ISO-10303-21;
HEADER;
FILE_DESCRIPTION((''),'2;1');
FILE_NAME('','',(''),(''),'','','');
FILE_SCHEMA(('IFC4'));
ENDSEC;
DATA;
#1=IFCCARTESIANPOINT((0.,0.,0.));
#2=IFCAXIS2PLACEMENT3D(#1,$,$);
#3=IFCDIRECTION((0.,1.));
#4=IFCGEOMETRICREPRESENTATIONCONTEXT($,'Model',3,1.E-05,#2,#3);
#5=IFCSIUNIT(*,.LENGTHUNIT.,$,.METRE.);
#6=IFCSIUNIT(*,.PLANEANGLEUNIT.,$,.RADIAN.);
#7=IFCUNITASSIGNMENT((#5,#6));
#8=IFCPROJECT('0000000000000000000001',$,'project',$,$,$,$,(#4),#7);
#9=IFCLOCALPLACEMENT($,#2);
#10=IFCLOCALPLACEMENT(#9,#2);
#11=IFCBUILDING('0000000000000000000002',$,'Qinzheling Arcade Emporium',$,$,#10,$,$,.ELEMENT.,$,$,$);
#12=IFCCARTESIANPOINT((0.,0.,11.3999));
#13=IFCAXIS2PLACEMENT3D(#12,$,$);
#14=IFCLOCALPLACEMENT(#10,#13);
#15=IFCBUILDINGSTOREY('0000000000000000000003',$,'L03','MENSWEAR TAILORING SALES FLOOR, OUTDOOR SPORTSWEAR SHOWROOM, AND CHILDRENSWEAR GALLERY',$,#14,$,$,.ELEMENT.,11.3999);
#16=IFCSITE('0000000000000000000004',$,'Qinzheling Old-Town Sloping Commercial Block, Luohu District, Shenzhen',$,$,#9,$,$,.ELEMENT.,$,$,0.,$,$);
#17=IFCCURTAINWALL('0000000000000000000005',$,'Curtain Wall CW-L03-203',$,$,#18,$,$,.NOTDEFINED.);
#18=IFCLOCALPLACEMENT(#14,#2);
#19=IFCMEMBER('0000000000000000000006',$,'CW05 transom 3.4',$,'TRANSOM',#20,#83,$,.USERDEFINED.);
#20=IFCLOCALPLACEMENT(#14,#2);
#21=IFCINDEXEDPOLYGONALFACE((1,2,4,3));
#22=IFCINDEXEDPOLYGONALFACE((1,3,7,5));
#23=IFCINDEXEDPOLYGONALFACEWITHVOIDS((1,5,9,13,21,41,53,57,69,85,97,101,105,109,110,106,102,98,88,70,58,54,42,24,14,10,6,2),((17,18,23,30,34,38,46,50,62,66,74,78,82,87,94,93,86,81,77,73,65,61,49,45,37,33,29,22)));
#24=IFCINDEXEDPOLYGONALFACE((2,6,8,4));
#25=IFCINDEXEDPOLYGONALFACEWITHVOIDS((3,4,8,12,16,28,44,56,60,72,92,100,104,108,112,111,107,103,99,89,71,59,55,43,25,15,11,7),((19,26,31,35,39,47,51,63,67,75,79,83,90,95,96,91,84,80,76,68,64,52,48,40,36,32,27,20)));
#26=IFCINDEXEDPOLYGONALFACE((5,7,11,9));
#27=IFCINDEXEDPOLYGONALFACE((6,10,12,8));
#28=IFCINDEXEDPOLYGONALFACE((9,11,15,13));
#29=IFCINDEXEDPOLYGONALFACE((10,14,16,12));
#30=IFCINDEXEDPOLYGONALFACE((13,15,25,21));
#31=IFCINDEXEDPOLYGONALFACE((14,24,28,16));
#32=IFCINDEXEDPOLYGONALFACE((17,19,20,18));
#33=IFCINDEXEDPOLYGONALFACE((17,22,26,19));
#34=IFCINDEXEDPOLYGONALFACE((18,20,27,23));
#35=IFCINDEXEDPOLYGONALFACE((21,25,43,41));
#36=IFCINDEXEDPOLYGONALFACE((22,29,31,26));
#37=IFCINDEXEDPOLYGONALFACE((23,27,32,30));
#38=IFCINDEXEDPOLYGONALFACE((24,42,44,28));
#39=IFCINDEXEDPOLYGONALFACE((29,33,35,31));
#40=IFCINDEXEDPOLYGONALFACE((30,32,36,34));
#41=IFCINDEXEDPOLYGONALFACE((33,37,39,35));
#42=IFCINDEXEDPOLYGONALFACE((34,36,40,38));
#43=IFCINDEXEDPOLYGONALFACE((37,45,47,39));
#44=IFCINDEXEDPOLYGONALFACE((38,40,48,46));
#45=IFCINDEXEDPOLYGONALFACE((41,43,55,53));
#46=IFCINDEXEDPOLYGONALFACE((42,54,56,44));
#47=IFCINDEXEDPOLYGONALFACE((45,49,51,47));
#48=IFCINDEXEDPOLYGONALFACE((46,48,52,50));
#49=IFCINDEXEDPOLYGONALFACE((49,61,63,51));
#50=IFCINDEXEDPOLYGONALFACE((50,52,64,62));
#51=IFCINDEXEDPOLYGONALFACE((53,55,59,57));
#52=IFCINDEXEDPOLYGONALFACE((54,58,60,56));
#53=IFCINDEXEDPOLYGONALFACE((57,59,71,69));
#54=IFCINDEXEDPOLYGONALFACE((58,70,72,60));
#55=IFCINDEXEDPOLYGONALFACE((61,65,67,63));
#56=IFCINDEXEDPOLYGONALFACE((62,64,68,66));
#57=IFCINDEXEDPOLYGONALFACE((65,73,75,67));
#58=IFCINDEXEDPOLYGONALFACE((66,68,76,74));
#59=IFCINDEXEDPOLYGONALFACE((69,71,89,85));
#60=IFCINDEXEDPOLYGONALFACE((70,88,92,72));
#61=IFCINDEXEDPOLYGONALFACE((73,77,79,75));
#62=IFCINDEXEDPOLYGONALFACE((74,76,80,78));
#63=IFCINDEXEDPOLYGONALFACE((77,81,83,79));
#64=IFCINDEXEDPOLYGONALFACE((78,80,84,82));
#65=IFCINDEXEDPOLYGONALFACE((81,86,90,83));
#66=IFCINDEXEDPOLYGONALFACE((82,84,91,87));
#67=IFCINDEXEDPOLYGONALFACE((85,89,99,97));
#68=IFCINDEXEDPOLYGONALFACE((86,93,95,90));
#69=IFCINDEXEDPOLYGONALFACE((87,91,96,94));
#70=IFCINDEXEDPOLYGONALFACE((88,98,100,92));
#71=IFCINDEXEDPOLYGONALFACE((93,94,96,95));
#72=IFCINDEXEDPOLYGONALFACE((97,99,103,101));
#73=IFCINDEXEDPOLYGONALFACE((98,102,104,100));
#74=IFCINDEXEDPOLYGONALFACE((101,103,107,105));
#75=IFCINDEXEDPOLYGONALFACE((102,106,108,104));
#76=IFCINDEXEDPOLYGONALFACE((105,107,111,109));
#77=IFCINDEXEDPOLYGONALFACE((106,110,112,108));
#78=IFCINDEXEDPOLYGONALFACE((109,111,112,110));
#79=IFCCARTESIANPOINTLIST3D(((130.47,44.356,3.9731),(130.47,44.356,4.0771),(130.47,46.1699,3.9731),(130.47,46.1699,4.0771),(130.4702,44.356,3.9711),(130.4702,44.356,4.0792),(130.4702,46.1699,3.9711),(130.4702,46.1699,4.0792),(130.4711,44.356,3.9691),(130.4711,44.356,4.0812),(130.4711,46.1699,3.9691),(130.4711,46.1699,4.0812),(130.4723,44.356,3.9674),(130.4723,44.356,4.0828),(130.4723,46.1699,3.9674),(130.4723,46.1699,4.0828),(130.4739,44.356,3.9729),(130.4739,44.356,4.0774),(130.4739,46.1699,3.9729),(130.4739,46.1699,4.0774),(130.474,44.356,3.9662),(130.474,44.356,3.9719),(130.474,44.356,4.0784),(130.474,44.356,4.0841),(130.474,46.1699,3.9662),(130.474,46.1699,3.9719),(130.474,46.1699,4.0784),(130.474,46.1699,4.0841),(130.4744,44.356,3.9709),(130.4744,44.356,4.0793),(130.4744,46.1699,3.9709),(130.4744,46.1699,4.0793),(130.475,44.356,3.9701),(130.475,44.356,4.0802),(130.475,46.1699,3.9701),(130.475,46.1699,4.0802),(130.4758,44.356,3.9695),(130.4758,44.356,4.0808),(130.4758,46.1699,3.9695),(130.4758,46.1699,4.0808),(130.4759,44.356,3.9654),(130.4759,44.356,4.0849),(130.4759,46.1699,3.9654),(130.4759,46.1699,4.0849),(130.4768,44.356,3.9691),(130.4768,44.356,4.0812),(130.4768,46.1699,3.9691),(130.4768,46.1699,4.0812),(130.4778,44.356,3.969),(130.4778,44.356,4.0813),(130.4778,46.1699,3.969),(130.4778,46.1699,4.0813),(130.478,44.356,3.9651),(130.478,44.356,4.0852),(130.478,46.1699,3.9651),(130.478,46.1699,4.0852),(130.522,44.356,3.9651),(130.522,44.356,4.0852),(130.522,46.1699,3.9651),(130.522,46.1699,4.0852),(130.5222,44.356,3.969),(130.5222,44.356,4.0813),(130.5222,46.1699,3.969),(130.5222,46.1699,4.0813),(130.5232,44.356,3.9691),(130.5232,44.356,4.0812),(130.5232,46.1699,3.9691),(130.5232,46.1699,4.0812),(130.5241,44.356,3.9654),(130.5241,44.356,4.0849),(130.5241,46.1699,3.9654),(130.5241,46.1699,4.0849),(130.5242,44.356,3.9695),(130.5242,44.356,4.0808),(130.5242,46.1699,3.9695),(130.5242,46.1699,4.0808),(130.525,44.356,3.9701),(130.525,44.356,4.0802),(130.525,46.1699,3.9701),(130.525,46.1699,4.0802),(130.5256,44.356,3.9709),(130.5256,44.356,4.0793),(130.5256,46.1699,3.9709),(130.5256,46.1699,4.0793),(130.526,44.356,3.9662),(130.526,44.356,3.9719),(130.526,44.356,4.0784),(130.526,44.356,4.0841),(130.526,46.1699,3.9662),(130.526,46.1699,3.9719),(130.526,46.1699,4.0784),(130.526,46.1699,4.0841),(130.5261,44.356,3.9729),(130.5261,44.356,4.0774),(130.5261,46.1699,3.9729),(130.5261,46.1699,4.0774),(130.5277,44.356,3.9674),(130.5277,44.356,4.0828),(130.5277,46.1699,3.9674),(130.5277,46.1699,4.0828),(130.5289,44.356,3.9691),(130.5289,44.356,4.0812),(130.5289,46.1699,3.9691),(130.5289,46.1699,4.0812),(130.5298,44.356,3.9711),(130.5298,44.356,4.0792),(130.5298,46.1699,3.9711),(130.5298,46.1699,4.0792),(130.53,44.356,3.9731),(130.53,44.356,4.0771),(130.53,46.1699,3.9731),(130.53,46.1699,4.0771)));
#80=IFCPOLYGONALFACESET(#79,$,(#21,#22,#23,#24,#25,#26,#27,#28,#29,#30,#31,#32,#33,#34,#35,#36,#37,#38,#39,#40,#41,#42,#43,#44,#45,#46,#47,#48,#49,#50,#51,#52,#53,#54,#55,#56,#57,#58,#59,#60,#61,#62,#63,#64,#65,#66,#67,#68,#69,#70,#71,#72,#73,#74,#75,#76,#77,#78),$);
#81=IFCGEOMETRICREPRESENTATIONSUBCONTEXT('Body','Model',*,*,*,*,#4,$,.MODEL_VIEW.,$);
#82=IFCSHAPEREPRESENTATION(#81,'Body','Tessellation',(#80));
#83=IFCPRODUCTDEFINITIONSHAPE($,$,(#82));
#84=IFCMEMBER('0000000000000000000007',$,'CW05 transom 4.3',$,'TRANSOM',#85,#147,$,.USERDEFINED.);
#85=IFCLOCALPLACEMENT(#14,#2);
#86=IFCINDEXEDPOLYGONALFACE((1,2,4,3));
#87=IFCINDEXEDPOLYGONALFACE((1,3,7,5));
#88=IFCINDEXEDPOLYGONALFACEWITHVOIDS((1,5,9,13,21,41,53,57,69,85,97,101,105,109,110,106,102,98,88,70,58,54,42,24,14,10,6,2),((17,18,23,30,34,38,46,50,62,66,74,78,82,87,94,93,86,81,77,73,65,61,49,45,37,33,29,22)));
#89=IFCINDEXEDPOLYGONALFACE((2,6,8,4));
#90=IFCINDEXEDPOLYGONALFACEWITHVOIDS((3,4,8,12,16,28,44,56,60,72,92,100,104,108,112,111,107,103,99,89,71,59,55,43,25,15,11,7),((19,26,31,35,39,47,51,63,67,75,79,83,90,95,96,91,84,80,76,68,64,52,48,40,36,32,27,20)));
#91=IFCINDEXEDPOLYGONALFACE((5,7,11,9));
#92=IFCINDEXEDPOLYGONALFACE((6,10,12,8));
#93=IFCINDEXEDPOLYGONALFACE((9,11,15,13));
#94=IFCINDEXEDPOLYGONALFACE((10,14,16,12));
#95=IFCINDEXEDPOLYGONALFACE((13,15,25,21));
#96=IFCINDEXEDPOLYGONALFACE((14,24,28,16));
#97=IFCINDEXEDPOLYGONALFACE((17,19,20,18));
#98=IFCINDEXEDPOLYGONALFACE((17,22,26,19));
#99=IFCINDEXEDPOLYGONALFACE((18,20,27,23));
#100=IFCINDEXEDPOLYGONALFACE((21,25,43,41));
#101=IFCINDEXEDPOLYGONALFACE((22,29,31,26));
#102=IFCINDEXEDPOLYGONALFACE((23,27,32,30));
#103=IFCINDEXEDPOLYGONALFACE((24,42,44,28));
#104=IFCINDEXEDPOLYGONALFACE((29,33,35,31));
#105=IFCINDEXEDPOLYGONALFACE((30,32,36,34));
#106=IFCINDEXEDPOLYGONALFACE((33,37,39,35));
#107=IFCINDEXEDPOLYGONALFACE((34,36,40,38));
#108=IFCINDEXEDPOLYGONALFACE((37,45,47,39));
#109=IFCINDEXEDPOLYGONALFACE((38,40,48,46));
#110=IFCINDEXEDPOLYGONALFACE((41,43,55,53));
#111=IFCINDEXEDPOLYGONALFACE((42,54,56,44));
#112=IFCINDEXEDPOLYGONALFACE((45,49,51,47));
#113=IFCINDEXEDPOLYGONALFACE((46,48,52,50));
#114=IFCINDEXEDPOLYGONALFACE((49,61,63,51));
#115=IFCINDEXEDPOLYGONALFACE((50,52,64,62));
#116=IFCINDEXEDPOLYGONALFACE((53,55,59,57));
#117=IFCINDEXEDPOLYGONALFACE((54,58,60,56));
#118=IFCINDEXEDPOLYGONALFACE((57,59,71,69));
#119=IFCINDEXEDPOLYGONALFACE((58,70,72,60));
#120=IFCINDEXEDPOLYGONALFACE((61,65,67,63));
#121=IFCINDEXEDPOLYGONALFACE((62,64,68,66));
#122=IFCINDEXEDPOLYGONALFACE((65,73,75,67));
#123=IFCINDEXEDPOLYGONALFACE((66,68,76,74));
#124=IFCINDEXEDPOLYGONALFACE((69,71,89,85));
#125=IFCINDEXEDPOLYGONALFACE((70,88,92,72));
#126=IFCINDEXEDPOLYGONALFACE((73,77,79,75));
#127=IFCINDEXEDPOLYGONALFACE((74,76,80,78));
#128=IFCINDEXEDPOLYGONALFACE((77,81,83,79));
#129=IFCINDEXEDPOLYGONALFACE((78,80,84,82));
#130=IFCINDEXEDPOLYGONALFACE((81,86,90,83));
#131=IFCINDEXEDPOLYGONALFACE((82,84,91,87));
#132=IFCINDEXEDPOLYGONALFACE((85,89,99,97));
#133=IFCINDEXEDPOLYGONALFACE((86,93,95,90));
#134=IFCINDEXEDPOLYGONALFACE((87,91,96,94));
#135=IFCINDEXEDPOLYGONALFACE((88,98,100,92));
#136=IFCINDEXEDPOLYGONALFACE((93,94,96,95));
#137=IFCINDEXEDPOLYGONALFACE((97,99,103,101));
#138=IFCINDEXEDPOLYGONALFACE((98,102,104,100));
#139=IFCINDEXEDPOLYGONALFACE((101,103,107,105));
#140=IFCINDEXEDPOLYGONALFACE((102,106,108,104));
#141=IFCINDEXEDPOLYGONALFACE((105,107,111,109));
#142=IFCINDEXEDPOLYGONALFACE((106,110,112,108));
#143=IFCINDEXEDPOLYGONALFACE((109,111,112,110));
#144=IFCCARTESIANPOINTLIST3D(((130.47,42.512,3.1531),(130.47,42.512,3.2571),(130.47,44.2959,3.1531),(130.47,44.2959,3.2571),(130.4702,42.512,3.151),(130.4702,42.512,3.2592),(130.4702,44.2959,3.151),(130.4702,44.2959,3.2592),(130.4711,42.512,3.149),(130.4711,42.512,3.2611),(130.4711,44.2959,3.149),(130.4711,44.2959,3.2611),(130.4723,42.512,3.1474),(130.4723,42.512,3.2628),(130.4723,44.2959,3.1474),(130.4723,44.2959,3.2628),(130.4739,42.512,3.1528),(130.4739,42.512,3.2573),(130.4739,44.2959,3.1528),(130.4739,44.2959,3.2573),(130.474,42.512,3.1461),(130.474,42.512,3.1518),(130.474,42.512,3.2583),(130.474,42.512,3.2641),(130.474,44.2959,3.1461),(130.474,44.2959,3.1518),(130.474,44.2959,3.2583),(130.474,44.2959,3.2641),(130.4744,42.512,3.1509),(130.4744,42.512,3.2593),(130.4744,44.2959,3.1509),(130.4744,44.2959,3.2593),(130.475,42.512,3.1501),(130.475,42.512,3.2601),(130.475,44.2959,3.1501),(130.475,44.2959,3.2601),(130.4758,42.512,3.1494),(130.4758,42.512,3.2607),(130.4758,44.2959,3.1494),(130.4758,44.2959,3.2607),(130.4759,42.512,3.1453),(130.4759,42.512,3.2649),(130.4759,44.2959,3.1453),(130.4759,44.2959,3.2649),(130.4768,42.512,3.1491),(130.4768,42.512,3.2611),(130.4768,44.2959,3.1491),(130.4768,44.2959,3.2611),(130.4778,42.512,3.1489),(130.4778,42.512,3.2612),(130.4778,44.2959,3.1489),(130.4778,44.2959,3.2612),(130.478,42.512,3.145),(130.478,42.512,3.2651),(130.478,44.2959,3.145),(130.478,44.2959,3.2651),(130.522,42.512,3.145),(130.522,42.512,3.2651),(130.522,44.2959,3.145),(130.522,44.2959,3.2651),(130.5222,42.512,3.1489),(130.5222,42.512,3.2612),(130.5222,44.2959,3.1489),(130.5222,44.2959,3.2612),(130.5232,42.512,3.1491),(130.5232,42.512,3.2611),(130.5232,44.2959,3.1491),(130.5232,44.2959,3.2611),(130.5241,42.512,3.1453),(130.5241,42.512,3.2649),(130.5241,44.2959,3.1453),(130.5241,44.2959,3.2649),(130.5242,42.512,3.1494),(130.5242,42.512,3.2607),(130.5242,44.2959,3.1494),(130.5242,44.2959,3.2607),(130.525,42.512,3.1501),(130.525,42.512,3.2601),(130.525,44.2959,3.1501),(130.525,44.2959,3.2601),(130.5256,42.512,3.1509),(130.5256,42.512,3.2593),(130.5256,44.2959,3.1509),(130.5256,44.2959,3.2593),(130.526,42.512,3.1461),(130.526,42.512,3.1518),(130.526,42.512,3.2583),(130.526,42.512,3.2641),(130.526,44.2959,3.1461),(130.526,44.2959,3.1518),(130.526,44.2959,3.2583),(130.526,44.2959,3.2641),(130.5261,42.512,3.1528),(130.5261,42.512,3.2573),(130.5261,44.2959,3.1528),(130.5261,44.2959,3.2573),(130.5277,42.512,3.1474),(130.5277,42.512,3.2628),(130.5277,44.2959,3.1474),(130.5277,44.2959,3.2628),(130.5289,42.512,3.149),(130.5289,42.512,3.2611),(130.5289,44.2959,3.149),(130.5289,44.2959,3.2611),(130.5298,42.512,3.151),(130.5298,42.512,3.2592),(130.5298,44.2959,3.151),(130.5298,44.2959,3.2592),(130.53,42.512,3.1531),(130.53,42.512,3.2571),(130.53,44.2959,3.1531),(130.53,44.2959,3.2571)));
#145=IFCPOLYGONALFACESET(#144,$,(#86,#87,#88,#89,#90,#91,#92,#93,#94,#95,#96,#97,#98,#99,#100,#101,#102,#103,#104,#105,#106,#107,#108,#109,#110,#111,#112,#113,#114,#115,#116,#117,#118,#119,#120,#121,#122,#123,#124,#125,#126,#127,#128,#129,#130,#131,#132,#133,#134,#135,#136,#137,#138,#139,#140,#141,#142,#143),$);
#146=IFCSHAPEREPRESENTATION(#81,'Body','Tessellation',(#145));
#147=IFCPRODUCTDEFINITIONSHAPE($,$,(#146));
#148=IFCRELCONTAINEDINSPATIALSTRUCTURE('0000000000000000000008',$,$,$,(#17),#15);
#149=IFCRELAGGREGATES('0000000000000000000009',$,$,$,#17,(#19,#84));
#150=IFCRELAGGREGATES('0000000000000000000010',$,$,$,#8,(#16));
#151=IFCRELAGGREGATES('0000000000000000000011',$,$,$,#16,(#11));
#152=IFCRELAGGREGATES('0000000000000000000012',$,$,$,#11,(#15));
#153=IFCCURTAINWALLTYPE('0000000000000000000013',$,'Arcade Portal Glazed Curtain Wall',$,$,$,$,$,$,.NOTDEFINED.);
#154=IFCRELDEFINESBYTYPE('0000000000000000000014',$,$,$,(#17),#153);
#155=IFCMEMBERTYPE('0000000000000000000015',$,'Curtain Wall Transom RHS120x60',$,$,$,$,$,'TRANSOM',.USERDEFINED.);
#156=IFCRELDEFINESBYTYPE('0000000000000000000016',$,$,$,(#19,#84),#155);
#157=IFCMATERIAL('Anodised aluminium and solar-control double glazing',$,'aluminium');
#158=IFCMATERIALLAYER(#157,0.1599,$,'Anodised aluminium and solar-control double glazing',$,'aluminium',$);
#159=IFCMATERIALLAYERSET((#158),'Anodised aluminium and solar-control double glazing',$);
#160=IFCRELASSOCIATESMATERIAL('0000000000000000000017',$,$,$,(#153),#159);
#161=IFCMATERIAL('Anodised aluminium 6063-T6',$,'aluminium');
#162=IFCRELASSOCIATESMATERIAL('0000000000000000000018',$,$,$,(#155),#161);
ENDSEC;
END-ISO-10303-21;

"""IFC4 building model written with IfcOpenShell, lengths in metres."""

from ifc_helpers import new_model, si_unit, direction, frame, origin, origin_2d, place, context, subcontext, project, spatial, hollow_rectangle, extrude, material, layer, layer_set, material_profile, profile_set, type_object, element, aggregate, save


model = new_model("IFC4")

# Units and contexts
model_context = context("Model", 3, precision=1e-05, world=origin(), true_north=direction((0.0, 1.0)))
body_context = subcontext(model_context, "Body", "Model", "MODEL_VIEW")
ifc_project = project(units=[si_unit("LENGTHUNIT", "METRE"), si_unit("PLANEANGLEUNIT", "RADIAN")], contexts=[model_context])

# Site, building, storey
site_placement = place(None, origin())
site = spatial("IfcSite", under=ifc_project, at=site_placement, Name="Qinzheling Old-Town Sloping Commercial Block, Luohu District, Shenzhen", CompositionType="ELEMENT", RefElevation=0.0)
building_placement = place(site_placement, origin())
building = spatial("IfcBuilding", under=site, at=building_placement, Name="Qinzheling Arcade Emporium", CompositionType="ELEMENT")
storey_placement = place(building_placement, frame((0.0, 0.0, 11.3999)))
storey = spatial("IfcBuildingStorey", under=building, at=storey_placement, Name="L03", Description="MENSWEAR TAILORING SALES FLOOR, OUTDOOR SPORTSWEAR SHOWROOM, AND CHILDRENSWEAR GALLERY", CompositionType="ELEMENT", Elevation=11.3999)

# Curtain wall, members
ifc_material_1 = material(Name="Anodised aluminium and solar-control double glazing", Category="aluminium")
ifc_layer_1 = layer(ifc_material_1, 0.1599, Name="Anodised aluminium and solar-control double glazing", Category="aluminium")
ifc_layer_set_1 = layer_set([ifc_layer_1], Name="Anodised aluminium and solar-control double glazing")
curtain_wall_type = type_object("IfcCurtainWallType", Name="Arcade Portal Glazed Curtain Wall", PredefinedType="NOTDEFINED", material=ifc_layer_set_1)
curtain_wall_placement = place(storey_placement, origin())
curtain_wall = element("IfcCurtainWall", 1, at=curtain_wall_placement, inside=storey, type_object=curtain_wall_type, Name="Curtain Wall CW-L03-203", PredefinedType="NOTDEFINED")
ifc_material_2 = material(Name="Anodised aluminium 6063-T6", Category="aluminium")
ifc_material_profile_1 = material_profile(ifc_material_2, hollow_rectangle(XDim=0.0601, YDim=0.1201, WallThickness=0.0039, InnerFilletRadius=0.0039, OuterFilletRadius=0.0081, at=origin_2d()), Name="RHS 120x60x4", Category="aluminium")
ifc_profile_set_1 = profile_set([ifc_material_profile_1], Name="Anodised aluminium 6063-T6")
member_type_1 = type_object("IfcMemberType", Name="Curtain Wall Transom RHS120x60", ElementType="TRANSOM", PredefinedType="USERDEFINED", material=ifc_profile_set_1)
member_1_placement = place(storey_placement, frame((130.5, 46.1699, 4.0251), z_axis=(0.0, -1.0, 0.0), x_axis=(1.0, 0.0, 0.0)))
member_1 = element("IfcMember", 2, at=member_1_placement, type_object=member_type_1, Name="CW05 transom 3.4", ObjectType="TRANSOM", PredefinedType="USERDEFINED", context=body_context, shape_type="SweptSolid", body=[
    extrude(hollow_rectangle(XDim=0.0601, YDim=0.1201, WallThickness=0.0039, InnerFilletRadius=0.0039, OuterFilletRadius=0.0081, at=origin_2d()), origin(), (0.0, 0.0, 1.0), 1.814),
])
member_2_placement = place(storey_placement, frame((130.5, 44.2959, 3.2051), z_axis=(0.0, -1.0, 0.0), x_axis=(1.0, 0.0, 0.0)))
member_2 = element("IfcMember", 3, at=member_2_placement, type_object=member_type_1, Name="CW05 transom 4.3", ObjectType="TRANSOM", PredefinedType="USERDEFINED", context=body_context, shape_type="SweptSolid", body=[
    extrude(hollow_rectangle(XDim=0.0601, YDim=0.1201, WallThickness=0.0039, InnerFilletRadius=0.0039, OuterFilletRadius=0.0081, at=origin_2d()), origin(), (0.0, 0.0, 1.0), 1.7839),
])
aggregate(curtain_wall, [member_1, member_2])

save(model, "model.ifc")
